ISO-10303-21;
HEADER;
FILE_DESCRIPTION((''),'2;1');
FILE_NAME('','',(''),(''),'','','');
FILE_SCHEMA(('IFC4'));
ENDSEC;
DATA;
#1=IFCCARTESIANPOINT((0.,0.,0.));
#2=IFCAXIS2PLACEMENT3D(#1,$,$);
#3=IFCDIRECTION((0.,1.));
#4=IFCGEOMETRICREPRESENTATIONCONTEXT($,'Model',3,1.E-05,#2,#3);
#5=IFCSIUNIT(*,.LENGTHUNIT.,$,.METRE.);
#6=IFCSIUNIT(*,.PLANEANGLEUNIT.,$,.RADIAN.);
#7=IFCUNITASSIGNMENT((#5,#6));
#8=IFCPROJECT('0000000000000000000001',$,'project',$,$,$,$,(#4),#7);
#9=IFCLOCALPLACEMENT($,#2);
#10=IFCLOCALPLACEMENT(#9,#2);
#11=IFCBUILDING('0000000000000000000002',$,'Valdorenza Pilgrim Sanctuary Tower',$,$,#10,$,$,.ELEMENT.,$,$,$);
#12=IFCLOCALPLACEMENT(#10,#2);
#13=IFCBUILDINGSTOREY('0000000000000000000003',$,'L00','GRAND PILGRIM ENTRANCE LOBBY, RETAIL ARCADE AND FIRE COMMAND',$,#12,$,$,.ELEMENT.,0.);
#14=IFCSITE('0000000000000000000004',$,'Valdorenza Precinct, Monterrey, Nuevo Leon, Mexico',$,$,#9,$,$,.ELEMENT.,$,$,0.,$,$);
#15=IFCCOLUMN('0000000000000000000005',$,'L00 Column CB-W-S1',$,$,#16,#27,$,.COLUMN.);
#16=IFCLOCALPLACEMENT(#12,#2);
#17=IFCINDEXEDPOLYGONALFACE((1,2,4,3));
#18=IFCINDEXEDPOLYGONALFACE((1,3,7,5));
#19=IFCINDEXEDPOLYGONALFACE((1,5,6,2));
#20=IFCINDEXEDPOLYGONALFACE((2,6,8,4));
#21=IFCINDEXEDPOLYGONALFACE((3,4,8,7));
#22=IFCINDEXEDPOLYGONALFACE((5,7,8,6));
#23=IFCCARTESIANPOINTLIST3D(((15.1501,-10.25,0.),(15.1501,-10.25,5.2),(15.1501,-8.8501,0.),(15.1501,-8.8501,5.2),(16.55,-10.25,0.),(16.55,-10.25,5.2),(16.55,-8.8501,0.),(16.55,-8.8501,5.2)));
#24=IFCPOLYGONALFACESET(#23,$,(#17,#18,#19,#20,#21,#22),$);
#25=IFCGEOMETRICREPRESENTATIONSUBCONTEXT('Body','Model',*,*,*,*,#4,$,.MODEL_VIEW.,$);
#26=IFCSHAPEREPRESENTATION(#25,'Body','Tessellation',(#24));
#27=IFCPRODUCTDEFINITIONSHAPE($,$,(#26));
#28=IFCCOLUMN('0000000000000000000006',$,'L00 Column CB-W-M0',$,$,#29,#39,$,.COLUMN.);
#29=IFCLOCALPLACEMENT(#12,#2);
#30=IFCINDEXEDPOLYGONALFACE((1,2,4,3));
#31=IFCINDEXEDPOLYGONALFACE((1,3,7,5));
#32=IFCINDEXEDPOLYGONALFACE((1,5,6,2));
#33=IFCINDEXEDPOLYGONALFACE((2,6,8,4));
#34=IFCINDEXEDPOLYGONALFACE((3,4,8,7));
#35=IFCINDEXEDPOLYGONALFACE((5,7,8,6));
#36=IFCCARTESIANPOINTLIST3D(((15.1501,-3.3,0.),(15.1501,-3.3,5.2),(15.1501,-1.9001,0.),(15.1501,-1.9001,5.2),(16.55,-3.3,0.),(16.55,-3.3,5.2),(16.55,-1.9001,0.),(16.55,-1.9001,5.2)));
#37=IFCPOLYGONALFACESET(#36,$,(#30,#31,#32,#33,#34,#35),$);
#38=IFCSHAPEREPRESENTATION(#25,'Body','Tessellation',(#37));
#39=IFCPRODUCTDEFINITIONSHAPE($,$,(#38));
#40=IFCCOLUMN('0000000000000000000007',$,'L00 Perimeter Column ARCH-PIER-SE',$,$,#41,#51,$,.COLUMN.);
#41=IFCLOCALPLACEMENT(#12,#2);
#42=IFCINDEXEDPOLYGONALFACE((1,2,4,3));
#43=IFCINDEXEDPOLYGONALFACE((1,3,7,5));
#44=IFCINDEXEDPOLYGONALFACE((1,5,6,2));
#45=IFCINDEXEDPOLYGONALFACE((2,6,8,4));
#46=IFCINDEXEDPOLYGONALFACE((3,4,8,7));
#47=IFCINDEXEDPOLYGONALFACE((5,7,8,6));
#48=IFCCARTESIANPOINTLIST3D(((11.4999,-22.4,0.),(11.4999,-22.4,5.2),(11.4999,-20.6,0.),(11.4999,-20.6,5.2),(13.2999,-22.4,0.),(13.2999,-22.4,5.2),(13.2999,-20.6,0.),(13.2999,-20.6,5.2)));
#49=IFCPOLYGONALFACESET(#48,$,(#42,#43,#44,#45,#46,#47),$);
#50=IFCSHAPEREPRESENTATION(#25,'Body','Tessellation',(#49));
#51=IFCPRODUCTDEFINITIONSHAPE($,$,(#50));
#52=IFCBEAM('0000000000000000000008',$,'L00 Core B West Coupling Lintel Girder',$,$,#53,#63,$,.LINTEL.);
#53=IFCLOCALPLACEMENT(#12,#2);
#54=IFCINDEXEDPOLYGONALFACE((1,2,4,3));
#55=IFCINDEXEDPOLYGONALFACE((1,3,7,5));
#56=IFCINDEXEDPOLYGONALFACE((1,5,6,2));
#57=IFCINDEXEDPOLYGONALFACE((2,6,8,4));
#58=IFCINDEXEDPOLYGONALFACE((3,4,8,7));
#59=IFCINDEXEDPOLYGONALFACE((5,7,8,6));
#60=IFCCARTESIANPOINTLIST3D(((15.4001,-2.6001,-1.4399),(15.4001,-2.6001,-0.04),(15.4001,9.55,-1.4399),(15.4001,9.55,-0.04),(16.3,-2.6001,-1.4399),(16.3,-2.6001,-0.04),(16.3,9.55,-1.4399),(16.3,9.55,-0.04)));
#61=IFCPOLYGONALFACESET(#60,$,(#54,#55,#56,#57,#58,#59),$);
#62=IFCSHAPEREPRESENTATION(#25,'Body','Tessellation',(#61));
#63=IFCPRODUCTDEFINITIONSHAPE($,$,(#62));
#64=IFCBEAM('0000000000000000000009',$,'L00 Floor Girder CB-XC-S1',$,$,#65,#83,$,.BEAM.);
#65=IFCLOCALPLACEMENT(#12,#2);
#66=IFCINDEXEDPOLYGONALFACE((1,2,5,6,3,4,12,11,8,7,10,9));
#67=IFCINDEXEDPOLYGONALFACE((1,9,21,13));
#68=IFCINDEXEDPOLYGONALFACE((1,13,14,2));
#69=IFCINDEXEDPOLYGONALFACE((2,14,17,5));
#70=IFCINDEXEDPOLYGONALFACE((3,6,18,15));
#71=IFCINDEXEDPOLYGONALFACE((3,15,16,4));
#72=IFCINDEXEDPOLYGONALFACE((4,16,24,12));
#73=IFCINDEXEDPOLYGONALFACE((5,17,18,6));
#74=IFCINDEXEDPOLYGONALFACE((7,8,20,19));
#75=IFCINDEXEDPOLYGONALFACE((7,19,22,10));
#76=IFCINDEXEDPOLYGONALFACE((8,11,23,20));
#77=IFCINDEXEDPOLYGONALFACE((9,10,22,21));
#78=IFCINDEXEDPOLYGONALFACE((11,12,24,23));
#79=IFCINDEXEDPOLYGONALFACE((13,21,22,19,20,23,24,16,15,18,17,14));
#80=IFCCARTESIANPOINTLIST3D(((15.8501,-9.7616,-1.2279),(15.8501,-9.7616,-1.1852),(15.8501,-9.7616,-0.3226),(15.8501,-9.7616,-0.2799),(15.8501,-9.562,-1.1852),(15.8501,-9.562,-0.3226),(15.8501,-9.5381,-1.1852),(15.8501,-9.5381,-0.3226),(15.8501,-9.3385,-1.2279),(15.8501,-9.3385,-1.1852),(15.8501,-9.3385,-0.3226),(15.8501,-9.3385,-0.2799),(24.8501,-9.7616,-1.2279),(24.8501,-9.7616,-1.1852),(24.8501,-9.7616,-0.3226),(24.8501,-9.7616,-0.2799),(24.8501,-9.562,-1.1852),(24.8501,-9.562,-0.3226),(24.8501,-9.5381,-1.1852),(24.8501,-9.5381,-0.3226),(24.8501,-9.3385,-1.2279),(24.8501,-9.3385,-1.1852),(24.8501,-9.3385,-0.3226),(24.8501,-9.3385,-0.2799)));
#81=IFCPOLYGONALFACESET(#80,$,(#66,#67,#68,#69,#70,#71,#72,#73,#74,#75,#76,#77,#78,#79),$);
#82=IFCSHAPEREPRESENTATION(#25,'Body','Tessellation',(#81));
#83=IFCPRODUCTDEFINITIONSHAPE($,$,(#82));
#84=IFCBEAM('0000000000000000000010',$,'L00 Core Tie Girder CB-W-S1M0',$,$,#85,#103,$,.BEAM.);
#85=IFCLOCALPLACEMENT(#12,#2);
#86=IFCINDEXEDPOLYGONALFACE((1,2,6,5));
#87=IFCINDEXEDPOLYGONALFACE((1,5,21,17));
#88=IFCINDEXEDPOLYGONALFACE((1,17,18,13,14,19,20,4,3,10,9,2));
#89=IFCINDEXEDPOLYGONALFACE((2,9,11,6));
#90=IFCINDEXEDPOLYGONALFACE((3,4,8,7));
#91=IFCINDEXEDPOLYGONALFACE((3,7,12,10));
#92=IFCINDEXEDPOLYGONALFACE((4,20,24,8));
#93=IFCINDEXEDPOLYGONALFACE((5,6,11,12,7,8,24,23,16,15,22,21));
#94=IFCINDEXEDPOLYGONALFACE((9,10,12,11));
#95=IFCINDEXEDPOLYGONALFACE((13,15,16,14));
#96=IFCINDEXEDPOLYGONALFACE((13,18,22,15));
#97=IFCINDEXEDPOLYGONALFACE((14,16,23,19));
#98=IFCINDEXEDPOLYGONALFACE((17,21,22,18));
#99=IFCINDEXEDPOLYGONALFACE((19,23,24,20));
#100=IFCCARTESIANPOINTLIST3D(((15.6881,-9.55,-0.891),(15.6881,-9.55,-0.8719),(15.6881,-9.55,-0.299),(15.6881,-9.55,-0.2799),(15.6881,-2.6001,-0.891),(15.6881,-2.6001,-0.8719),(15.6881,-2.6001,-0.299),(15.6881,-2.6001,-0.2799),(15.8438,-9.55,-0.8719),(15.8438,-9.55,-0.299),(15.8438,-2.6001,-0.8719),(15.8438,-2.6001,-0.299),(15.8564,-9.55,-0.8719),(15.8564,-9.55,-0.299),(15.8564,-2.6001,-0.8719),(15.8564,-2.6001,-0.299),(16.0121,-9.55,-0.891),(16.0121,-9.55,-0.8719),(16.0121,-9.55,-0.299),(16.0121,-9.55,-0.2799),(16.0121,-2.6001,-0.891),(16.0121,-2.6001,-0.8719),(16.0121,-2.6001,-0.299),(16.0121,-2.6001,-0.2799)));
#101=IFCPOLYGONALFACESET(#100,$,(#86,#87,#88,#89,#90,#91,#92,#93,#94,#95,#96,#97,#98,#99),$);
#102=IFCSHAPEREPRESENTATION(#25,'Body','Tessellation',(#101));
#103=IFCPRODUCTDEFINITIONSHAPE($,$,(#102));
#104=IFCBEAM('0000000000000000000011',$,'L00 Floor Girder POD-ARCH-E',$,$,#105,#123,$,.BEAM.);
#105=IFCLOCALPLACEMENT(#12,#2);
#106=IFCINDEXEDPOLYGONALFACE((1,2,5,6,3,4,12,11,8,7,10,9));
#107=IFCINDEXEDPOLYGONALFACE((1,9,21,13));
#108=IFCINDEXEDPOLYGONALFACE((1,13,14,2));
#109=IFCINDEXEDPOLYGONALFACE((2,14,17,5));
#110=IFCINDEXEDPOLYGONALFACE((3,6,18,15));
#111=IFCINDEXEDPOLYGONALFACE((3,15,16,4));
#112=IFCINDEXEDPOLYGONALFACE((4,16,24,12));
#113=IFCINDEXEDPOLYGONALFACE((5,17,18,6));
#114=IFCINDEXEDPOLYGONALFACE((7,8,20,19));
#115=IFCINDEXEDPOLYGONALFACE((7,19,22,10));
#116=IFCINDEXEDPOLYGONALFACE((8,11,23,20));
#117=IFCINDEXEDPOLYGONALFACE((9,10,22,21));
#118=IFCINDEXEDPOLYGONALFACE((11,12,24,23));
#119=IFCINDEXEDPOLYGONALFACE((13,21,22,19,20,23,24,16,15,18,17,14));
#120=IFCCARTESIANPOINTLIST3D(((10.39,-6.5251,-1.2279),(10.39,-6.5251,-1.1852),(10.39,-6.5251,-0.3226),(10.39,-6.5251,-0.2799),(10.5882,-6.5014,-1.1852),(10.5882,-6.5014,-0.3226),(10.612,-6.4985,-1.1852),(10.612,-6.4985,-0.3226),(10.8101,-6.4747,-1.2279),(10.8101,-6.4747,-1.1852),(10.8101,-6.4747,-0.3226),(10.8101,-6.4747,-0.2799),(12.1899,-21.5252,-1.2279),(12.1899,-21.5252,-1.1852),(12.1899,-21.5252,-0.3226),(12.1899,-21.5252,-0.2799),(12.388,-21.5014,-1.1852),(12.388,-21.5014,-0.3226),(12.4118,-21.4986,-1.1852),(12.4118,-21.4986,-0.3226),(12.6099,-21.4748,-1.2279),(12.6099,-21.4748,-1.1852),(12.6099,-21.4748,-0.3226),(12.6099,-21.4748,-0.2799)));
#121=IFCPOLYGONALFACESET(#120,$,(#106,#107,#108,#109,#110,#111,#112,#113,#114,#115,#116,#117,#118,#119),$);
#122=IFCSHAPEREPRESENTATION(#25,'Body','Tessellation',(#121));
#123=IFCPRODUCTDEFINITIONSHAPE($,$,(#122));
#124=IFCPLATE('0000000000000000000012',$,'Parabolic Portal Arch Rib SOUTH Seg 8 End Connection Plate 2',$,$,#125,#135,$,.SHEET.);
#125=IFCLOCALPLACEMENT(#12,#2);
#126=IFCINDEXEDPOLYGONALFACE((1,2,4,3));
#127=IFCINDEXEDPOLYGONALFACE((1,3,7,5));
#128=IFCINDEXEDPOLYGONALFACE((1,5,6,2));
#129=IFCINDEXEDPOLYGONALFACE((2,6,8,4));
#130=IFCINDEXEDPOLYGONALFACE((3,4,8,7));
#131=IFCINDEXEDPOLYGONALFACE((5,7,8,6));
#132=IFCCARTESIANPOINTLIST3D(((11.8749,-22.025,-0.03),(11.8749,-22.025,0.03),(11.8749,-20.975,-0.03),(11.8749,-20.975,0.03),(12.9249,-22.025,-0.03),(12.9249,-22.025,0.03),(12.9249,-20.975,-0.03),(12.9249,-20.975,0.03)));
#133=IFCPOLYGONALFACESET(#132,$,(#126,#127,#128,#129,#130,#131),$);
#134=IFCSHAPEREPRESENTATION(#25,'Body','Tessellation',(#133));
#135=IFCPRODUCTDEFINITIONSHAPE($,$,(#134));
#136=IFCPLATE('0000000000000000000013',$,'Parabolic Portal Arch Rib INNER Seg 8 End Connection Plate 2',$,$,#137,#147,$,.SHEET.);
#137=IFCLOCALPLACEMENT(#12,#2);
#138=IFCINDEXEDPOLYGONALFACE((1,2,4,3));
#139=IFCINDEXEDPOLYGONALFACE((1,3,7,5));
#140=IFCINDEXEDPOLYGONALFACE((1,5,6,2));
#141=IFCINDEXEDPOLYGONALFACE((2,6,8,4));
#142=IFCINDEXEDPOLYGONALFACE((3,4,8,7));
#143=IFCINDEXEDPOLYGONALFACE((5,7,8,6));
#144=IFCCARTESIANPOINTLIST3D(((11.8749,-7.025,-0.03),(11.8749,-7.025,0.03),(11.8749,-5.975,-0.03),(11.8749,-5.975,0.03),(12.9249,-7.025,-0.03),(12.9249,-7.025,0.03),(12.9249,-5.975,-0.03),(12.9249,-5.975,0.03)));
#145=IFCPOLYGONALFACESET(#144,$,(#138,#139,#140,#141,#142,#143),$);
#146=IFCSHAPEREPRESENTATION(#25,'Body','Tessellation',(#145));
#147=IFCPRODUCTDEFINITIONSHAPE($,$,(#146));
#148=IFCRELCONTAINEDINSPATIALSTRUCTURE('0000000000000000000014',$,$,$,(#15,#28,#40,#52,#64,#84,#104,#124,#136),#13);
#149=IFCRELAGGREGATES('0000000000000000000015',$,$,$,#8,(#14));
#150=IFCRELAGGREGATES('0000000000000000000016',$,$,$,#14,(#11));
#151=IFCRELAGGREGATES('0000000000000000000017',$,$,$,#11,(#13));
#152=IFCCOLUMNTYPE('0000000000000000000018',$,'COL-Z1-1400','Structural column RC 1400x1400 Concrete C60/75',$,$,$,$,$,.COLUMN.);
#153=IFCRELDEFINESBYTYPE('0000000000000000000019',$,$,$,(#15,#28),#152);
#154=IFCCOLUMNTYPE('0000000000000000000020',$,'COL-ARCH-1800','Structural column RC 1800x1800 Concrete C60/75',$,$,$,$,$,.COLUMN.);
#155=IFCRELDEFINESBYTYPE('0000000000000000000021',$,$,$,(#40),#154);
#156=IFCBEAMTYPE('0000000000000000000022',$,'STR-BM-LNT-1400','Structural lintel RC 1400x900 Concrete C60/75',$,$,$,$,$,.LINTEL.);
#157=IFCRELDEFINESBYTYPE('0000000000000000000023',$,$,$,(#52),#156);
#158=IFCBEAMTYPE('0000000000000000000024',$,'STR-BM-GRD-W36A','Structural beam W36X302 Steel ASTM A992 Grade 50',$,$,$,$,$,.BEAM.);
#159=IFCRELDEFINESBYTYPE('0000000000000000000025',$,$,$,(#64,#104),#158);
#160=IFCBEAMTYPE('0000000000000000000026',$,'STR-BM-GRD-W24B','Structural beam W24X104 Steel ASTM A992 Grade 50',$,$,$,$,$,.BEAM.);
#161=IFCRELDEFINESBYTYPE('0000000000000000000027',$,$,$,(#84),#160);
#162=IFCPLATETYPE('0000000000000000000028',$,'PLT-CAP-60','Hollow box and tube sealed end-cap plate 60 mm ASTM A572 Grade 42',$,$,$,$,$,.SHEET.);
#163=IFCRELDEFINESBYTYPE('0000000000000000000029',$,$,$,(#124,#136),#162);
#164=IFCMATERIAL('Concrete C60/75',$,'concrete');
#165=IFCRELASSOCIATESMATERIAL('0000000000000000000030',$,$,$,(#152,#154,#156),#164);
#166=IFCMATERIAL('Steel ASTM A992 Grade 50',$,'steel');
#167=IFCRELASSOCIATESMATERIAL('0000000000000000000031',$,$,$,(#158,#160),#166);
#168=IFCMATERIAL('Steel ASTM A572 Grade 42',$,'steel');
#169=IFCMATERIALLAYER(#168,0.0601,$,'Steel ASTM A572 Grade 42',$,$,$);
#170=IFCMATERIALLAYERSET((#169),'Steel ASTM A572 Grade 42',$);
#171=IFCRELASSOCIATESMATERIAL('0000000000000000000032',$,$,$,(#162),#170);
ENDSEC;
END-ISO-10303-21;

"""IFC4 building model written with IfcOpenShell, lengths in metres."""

from ifc_helpers import new_model, si_unit, direction, frame, origin, origin_2d, place, context, subcontext, project, spatial, rectangle, i_section, extrude, source, transform, mapped, material, layer, layer_set, material_profile, profile_set, type_object, element, save


model = new_model("IFC4")

# Units and contexts
model_context = context("Model", 3, precision=1e-05, world=origin(), true_north=direction((0.0, 1.0)))
body_context = subcontext(model_context, "Body", "Model", "MODEL_VIEW")
ifc_project = project(units=[si_unit("LENGTHUNIT", "METRE"), si_unit("PLANEANGLEUNIT", "RADIAN")], contexts=[model_context])

# Site, building, storey
site_placement = place(None, origin())
site = spatial("IfcSite", under=ifc_project, at=site_placement, Name="Valdorenza Precinct, Monterrey, Nuevo Leon, Mexico", CompositionType="ELEMENT", RefElevation=0.0)
building_placement = place(site_placement, origin())
building = spatial("IfcBuilding", under=site, at=building_placement, Name="Valdorenza Pilgrim Sanctuary Tower", CompositionType="ELEMENT")
storey_placement = place(building_placement, origin())
storey = spatial("IfcBuildingStorey", under=building, at=storey_placement, Name="L00", Description="GRAND PILGRIM ENTRANCE LOBBY, RETAIL ARCADE AND FIRE COMMAND", CompositionType="ELEMENT", Elevation=0.0)

# Columns
ifc_material_1 = material(Name="Concrete C60/75", Category="concrete")
ifc_material_profile_1 = material_profile(ifc_material_1, rectangle(XDim=1.3999, YDim=1.3999, at=origin_2d()), Name="RC 1400x1400")
ifc_profile_set_1 = profile_set([ifc_material_profile_1], Name="Concrete C60/75")
column_type_1 = type_object("IfcColumnType", Name="COL-Z1-1400", Description="Structural column RC 1400x1400 Concrete C60/75", PredefinedType="COLUMN", material=ifc_profile_set_1)
shared_shape_1 = source(origin(), body_context, "Body", "SweptSolid", [
    extrude(rectangle(XDim=1.3999, YDim=1.3999, at=origin_2d()), origin(), (0.0, 0.0, 1.0), 5.2),
])
for number, where, z_axis, x_axis, name in (
    (1, (15.8501, -9.55, 0.0), (0.0, 0.0, 1.0), (1.0, 0.0, 0.0), "L00 Column CB-W-S1"),
    (2, (15.8501, -2.6001, 0.0), (0.0, 0.0, 1.0), (1.0, 0.0, 0.0), "L00 Column CB-W-M0"),
):
    element("IfcColumn", number, at=place(storey_placement, frame(where, z_axis=z_axis, x_axis=x_axis)), inside=storey, type_object=column_type_1, Name=name, PredefinedType="COLUMN", context=body_context, shape_type="MappedRepresentation", body=[
        mapped(shared_shape_1, transform((0.0, 0.0, 0.0), x_axis=(1.0, 0.0, 0.0), y_axis=(0.0, 1.0, 0.0), z_axis=(0.0, 0.0, 1.0), scale=1.0)),
    ])
ifc_material_profile_2 = material_profile(ifc_material_1, rectangle(XDim=1.8, YDim=1.8, at=origin_2d()), Name="RC 1800x1800")
ifc_profile_set_2 = profile_set([ifc_material_profile_2], Name="Concrete C60/75")
column_type_2 = type_object("IfcColumnType", Name="COL-ARCH-1800", Description="Structural column RC 1800x1800 Concrete C60/75", PredefinedType="COLUMN", material=ifc_profile_set_2)
shared_shape_2 = source(origin(), body_context, "Body", "SweptSolid", [
    extrude(rectangle(XDim=1.8, YDim=1.8, at=origin_2d()), origin(), (0.0, 0.0, 1.0), 5.2),
])
column_placement = place(storey_placement, frame((12.3999, -21.5, 0.0), z_axis=(0.0, 0.0, 1.0), x_axis=(1.0, 0.0, 0.0)))
element("IfcColumn", 3, at=column_placement, inside=storey, type_object=column_type_2, Name="L00 Perimeter Column ARCH-PIER-SE", PredefinedType="COLUMN", context=body_context, shape_type="MappedRepresentation", body=[
    mapped(shared_shape_2, transform((0.0, 0.0, 0.0), x_axis=(1.0, 0.0, 0.0), y_axis=(0.0, 1.0, 0.0), z_axis=(0.0, 0.0, 1.0), scale=1.0)),
])

# Beams
ifc_material_profile_3 = material_profile(ifc_material_1, rectangle(XDim=0.8999, YDim=1.3999, at=origin_2d()), Name="RC 1400x900")
ifc_profile_set_3 = profile_set([ifc_material_profile_3], Name="Concrete C60/75")
beam_type_1 = type_object("IfcBeamType", Name="STR-BM-LNT-1400", Description="Structural lintel RC 1400x900 Concrete C60/75", PredefinedType="LINTEL", material=ifc_profile_set_3)
shared_shape_3 = source(origin(), body_context, "Body", "SweptSolid", [
    extrude(rectangle(XDim=0.8999, YDim=1.3999, at=origin_2d()), origin(), (0.0, 0.0, 1.0), 12.1501),
])
beam_1_placement = place(storey_placement, frame((15.8501, -2.6001, -0.74), z_axis=(0.0, 1.0, 0.0), x_axis=(-1.0, 0.0, 0.0)))
element("IfcBeam", 4, at=beam_1_placement, inside=storey, type_object=beam_type_1, Name="L00 Core B West Coupling Lintel Girder", PredefinedType="LINTEL", context=body_context, shape_type="MappedRepresentation", body=[
    mapped(shared_shape_3, transform((0.0, 0.0, 0.0), x_axis=(1.0, 0.0, 0.0), y_axis=(0.0, 1.0, 0.0), z_axis=(0.0, 0.0, 1.0), scale=1.0)),
])
ifc_material_2 = material(Name="Steel ASTM A992 Grade 50", Category="steel")
ifc_material_profile_4 = material_profile(ifc_material_2, i_section(OverallWidth=0.4231, OverallDepth=0.948, WebThickness=0.0239, FlangeThickness=0.0427, at=origin_2d()), Name="W36X302")
ifc_profile_set_4 = profile_set([ifc_material_profile_4], Name="Steel ASTM A992 Grade 50")
beam_type_2 = type_object("IfcBeamType", Name="STR-BM-GRD-W36A", Description="Structural beam W36X302 Steel ASTM A992 Grade 50", PredefinedType="BEAM", material=ifc_profile_set_4)
shared_shape_4 = source(origin(), body_context, "Body", "SweptSolid", [
    extrude(i_section(OverallWidth=0.4231, OverallDepth=0.948, WebThickness=0.0239, FlangeThickness=0.0427, at=origin_2d()), origin(), (0.0, 0.0, 1.0), 9.0),
])
beam_2_placement = place(storey_placement, frame((15.8501, -9.55, -0.7539), z_axis=(1.0, 0.0, 0.0), x_axis=(0.0, 1.0, 0.0)))
element("IfcBeam", 5, at=beam_2_placement, inside=storey, type_object=beam_type_2, Name="L00 Floor Girder CB-XC-S1", PredefinedType="BEAM", context=body_context, shape_type="MappedRepresentation", body=[
    mapped(shared_shape_4, transform((0.0, 0.0, 0.0), x_axis=(1.0, 0.0, 0.0), y_axis=(0.0, 1.0, 0.0), z_axis=(0.0, 0.0, 1.0), scale=1.0)),
])
ifc_material_profile_5 = material_profile(ifc_material_2, i_section(OverallWidth=0.324, OverallDepth=0.6111, WebThickness=0.0127, FlangeThickness=0.019, at=origin_2d()), Name="W24X104")
ifc_profile_set_5 = profile_set([ifc_material_profile_5], Name="Steel ASTM A992 Grade 50")
beam_type_3 = type_object("IfcBeamType", Name="STR-BM-GRD-W24B", Description="Structural beam W24X104 Steel ASTM A992 Grade 50", PredefinedType="BEAM", material=ifc_profile_set_5)
shared_shape_5 = source(origin(), body_context, "Body", "SweptSolid", [
    extrude(i_section(OverallWidth=0.324, OverallDepth=0.6111, WebThickness=0.0127, FlangeThickness=0.019, at=origin_2d()), origin(), (0.0, 0.0, 1.0), 6.95),
])
beam_3_placement = place(storey_placement, frame((15.8501, -9.55, -0.5854), z_axis=(0.0, 1.0, 0.0), x_axis=(-1.0, 0.0, 0.0)))
element("IfcBeam", 6, at=beam_3_placement, inside=storey, type_object=beam_type_3, Name="L00 Core Tie Girder CB-W-S1M0", PredefinedType="BEAM", context=body_context, shape_type="MappedRepresentation", body=[
    mapped(shared_shape_5, transform((0.0, 0.0, 0.0), x_axis=(1.0, 0.0, 0.0), y_axis=(0.0, 1.0, 0.0), z_axis=(0.0, 0.0, 1.0), scale=1.0)),
])
shared_shape_6 = source(origin(), body_context, "Body", "SweptSolid", [
    extrude(i_section(OverallWidth=0.4231, OverallDepth=0.948, WebThickness=0.0239, FlangeThickness=0.0427, at=origin_2d()), origin(), (0.0, 0.0, 1.0), 15.1077),
])
beam_4_placement = place(storey_placement, frame((12.3999, -21.5, -0.7539), z_axis=(-0.119132, 0.992878, 0.0), x_axis=(-0.992878, -0.119132, 0.0)))
element("IfcBeam", 7, at=beam_4_placement, inside=storey, type_object=beam_type_2, Name="L00 Floor Girder POD-ARCH-E", PredefinedType="BEAM", context=body_context, shape_type="MappedRepresentation", body=[
    mapped(shared_shape_6, transform((0.0, 0.0, 0.0), x_axis=(1.0, 0.0, 0.0), y_axis=(0.0, 1.0, 0.0), z_axis=(0.0, 0.0, 1.0), scale=1.0)),
])

# Plates
ifc_material_3 = material(Name="Steel ASTM A572 Grade 42", Category="steel")
ifc_layer_1 = layer(ifc_material_3, 0.0601, Name="Steel ASTM A572 Grade 42")
ifc_layer_set_1 = layer_set([ifc_layer_1], Name="Steel ASTM A572 Grade 42")
plate_type = type_object("IfcPlateType", Name="PLT-CAP-60", Description="Hollow box and tube sealed end-cap plate 60 mm ASTM A572 Grade 42", PredefinedType="SHEET", material=ifc_layer_set_1)
shared_shape_7 = source(origin(), body_context, "Body", "SweptSolid", [
    extrude(rectangle(XDim=1.05, YDim=1.05, at=origin_2d()), origin(), (0.0, 0.0, 1.0), 0.0601),
])
for number, where, z_axis, x_axis, name in (
    (8, (12.3999, -21.5, -0.03), (0.0, 0.0, 1.0), (1.0, 0.0, 0.0), "Parabolic Portal Arch Rib SOUTH Seg 8 End Connection Plate 2"),
    (9, (12.3999, -6.5, -0.03), (0.0, 0.0, 1.0), (1.0, 0.0, 0.0), "Parabolic Portal Arch Rib INNER Seg 8 End Connection Plate 2"),
):
    element("IfcPlate", number, at=place(storey_placement, frame(where, z_axis=z_axis, x_axis=x_axis)), inside=storey, type_object=plate_type, Name=name, PredefinedType="SHEET", context=body_context, shape_type="MappedRepresentation", body=[
        mapped(shared_shape_7, transform((0.0, 0.0, 0.0), x_axis=(1.0, 0.0, 0.0), y_axis=(0.0, 1.0, 0.0), z_axis=(0.0, 0.0, 1.0), scale=1.0)),
    ])

save(model, "model.ifc")
